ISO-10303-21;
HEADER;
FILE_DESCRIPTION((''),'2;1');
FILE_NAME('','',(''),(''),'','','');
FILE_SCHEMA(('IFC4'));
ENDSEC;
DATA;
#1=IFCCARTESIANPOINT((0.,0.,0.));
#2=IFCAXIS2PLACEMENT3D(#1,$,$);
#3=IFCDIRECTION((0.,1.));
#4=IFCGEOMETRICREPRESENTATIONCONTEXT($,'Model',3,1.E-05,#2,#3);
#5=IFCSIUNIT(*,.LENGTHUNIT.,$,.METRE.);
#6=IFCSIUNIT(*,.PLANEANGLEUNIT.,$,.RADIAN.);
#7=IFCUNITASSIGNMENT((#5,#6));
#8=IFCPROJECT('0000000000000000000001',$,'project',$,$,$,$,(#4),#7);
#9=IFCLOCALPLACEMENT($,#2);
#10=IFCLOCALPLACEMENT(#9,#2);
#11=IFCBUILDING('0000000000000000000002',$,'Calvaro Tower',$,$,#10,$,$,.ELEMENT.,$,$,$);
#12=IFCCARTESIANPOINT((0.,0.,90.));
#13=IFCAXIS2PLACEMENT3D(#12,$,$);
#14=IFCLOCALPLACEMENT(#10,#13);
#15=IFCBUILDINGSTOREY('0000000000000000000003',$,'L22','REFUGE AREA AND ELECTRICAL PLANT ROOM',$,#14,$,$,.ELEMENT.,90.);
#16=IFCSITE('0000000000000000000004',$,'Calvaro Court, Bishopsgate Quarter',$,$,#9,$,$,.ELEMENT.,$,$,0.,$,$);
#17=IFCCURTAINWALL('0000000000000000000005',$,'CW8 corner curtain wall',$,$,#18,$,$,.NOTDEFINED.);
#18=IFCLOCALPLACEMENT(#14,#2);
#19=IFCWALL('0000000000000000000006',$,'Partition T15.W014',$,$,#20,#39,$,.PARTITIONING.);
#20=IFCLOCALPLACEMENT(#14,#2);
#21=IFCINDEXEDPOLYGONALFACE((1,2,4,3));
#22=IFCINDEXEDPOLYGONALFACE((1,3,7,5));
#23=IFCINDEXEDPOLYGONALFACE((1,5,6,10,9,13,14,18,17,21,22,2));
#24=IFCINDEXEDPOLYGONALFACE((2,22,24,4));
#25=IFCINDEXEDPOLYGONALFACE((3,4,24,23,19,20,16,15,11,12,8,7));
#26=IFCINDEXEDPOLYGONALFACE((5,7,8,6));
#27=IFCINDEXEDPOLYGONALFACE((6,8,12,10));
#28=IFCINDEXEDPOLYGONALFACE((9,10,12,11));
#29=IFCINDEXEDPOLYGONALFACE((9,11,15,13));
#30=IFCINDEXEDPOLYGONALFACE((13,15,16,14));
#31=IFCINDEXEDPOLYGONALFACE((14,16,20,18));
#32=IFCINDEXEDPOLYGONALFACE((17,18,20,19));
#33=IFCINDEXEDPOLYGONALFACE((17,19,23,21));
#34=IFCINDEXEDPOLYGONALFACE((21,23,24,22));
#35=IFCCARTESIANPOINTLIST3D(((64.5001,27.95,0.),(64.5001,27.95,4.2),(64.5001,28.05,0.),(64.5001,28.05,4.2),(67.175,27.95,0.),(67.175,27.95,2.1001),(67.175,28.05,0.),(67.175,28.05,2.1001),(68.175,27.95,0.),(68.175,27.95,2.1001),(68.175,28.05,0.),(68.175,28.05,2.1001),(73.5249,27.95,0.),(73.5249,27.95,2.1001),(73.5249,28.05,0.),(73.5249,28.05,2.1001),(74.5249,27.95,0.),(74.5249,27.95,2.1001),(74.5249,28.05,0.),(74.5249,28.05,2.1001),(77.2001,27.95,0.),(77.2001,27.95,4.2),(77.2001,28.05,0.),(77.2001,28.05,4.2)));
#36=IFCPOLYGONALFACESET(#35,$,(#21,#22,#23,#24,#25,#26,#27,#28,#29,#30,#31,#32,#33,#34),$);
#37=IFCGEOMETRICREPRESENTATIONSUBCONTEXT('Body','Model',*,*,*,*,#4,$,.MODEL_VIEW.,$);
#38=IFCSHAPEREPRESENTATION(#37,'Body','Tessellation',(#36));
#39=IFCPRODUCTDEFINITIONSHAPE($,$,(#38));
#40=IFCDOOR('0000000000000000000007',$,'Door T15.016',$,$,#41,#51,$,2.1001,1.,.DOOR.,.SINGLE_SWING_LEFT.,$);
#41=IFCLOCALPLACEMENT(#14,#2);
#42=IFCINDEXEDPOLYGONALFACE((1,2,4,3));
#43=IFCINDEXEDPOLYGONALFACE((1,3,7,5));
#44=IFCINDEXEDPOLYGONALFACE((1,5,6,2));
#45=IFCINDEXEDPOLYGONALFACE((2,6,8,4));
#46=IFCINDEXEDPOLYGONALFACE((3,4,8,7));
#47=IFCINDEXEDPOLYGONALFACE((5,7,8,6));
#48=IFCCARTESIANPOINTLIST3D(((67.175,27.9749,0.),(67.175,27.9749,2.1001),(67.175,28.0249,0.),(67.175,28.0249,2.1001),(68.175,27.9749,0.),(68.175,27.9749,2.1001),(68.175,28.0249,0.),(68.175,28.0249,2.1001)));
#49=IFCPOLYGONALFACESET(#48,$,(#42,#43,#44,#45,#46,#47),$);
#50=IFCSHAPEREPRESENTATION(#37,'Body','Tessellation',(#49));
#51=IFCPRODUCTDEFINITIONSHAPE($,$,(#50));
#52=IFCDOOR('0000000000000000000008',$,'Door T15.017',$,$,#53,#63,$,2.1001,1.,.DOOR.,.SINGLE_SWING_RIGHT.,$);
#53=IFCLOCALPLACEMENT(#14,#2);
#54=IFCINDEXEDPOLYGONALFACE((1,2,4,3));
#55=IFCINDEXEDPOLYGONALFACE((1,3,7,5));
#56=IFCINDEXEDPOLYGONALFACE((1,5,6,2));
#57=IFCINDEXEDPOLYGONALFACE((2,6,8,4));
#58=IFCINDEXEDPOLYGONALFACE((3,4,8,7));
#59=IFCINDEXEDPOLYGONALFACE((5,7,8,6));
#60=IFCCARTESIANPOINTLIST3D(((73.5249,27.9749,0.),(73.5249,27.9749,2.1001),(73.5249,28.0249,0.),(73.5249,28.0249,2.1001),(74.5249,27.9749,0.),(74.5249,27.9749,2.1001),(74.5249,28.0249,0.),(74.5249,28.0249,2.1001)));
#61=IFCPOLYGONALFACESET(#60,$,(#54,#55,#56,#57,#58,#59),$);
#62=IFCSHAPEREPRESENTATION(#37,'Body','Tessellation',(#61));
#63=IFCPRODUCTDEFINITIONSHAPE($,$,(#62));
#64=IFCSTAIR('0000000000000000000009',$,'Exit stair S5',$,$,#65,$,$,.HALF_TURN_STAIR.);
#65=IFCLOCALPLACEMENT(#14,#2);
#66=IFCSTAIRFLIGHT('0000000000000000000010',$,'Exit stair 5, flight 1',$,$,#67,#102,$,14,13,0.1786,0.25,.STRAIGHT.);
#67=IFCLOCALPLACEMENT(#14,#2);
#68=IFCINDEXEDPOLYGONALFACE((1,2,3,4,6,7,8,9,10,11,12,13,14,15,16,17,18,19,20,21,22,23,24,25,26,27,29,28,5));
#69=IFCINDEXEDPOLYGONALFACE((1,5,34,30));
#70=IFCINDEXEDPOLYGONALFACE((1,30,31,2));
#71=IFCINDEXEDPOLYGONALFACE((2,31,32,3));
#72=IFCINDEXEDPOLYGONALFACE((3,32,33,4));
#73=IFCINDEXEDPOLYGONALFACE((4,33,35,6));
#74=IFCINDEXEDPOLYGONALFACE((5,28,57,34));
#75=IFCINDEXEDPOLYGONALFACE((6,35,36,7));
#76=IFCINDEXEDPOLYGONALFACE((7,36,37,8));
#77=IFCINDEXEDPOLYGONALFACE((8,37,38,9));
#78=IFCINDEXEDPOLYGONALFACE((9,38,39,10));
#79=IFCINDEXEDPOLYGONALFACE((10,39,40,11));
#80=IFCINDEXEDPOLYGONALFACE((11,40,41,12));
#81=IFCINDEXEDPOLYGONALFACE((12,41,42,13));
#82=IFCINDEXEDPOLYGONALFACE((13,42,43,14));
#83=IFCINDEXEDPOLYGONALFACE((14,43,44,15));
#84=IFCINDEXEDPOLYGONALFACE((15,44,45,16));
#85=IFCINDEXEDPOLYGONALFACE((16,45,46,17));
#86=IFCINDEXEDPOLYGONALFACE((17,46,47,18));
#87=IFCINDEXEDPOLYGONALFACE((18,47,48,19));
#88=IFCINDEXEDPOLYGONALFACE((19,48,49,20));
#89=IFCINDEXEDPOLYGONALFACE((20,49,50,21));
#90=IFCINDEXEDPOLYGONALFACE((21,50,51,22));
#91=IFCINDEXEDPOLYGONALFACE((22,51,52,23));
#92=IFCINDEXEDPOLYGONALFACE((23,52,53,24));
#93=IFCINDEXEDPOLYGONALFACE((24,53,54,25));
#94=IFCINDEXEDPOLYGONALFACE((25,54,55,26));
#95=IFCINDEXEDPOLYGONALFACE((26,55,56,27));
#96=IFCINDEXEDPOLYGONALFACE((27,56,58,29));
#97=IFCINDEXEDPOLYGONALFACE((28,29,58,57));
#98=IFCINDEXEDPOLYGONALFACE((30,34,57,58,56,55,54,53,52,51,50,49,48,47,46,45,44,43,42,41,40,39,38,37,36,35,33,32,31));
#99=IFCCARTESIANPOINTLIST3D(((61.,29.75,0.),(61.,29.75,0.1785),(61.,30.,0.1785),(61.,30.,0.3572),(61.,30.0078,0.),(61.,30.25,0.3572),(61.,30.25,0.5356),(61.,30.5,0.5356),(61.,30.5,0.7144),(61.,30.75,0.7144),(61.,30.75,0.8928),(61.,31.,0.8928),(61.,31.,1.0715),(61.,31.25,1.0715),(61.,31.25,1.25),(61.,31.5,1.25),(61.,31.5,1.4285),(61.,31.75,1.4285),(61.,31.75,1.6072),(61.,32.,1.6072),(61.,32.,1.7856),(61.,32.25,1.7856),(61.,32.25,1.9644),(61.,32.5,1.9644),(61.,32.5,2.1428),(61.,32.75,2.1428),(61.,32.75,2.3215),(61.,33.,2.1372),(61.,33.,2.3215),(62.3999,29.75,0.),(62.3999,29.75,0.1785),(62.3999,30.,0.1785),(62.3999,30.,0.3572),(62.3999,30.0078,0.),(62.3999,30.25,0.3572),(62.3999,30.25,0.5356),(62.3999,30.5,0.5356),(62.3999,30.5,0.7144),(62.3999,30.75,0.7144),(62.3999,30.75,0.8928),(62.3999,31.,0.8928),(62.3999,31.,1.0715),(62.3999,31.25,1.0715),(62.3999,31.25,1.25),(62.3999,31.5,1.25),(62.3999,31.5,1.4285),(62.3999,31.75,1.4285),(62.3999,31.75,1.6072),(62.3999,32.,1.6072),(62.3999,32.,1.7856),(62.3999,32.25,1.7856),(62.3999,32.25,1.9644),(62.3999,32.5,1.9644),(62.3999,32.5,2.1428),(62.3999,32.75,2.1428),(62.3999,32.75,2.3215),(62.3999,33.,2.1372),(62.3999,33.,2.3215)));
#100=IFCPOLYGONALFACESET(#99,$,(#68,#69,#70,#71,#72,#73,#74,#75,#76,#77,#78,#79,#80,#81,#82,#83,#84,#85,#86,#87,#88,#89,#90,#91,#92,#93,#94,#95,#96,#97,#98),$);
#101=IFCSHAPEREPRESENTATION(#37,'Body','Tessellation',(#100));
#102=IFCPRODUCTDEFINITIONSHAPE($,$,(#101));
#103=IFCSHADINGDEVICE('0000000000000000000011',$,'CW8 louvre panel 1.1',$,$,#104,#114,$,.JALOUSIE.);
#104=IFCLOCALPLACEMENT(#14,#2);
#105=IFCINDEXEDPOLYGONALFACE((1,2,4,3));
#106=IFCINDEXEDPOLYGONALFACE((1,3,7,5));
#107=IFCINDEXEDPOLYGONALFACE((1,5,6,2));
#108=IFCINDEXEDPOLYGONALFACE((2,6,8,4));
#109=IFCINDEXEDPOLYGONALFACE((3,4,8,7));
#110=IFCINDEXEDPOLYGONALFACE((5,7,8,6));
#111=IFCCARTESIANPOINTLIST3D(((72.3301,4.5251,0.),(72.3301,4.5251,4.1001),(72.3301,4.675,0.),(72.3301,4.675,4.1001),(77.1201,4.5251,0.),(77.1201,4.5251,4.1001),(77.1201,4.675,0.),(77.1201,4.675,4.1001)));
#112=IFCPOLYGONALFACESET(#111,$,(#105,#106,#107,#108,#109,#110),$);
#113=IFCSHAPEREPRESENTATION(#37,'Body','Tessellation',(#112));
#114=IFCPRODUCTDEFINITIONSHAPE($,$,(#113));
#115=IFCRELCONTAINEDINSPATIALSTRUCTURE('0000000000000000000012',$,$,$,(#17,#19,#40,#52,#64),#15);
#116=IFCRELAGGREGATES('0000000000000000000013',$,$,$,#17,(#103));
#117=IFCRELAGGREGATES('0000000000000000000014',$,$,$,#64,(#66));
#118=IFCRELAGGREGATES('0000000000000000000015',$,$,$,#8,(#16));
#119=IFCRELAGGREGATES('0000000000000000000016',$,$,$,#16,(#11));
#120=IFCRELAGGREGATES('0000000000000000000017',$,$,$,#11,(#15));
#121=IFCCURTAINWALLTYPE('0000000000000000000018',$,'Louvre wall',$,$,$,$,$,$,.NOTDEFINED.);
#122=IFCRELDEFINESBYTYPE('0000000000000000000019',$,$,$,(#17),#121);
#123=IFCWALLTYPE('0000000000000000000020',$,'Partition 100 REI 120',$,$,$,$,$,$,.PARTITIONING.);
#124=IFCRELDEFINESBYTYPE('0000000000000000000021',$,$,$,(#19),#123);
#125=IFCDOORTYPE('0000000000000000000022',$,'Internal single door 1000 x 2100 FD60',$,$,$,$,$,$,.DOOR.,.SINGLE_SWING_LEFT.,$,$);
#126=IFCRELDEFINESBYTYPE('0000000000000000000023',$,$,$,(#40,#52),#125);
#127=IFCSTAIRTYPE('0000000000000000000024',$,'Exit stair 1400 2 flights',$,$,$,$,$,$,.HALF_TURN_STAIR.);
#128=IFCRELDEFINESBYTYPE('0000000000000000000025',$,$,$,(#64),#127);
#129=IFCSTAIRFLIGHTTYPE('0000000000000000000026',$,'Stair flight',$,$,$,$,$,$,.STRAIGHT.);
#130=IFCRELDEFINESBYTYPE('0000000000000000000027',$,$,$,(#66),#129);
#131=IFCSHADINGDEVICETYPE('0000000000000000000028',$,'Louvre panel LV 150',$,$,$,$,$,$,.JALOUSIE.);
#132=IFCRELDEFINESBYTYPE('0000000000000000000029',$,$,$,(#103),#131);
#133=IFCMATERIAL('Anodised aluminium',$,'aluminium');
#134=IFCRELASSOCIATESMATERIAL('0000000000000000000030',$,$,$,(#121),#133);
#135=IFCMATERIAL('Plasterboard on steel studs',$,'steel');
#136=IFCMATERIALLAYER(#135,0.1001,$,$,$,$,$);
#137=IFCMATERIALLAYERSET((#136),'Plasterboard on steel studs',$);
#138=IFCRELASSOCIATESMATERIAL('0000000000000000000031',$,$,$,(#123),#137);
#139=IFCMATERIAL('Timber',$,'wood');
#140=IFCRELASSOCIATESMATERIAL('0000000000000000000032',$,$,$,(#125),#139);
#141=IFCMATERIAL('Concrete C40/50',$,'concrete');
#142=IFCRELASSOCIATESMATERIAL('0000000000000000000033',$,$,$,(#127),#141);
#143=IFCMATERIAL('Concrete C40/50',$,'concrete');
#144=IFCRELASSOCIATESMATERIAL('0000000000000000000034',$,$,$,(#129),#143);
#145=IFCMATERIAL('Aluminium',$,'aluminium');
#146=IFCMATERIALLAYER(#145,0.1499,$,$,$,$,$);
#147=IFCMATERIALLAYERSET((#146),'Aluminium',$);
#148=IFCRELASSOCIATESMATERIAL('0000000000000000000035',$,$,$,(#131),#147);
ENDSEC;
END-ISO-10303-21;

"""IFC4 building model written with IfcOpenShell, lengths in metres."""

from ifc_helpers import new_model, si_unit, direction, frame, frame_2d, origin, origin_2d, place, context, subcontext, project, spatial, polyline, rectangle, outline, extrude, material, layer, layer_set, type_object, element, fill, aggregate, save


model = new_model("IFC4")

# Units and contexts
model_context = context("Model", 3, precision=1e-05, world=origin(), true_north=direction((0.0, 1.0)))
body_context = subcontext(model_context, "Body", "Model", "MODEL_VIEW")
ifc_project = project(units=[si_unit("LENGTHUNIT", "METRE"), si_unit("PLANEANGLEUNIT", "RADIAN")], contexts=[model_context])

# Site, building, storey
site_placement = place(None, origin())
site = spatial("IfcSite", under=ifc_project, at=site_placement, Name="Calvaro Court, Bishopsgate Quarter", CompositionType="ELEMENT", RefElevation=0.0)
building_placement = place(site_placement, origin())
building = spatial("IfcBuilding", under=site, at=building_placement, Name="Calvaro Tower", CompositionType="ELEMENT")
storey_placement = place(building_placement, frame((0.0, 0.0, 90.0)))
storey = spatial("IfcBuildingStorey", under=building, at=storey_placement, Name="L22", Description="REFUGE AREA AND ELECTRICAL PLANT ROOM", CompositionType="ELEMENT", Elevation=90.0)

# Curtain wall
ifc_material_1 = material(Name="Anodised aluminium", Category="aluminium")
curtain_wall_type = type_object("IfcCurtainWallType", Name="Louvre wall", PredefinedType="NOTDEFINED", material=ifc_material_1)
curtain_wall_placement = place(storey_placement, origin())
curtain_wall = element("IfcCurtainWall", 1, at=curtain_wall_placement, inside=storey, type_object=curtain_wall_type, Name="CW8 corner curtain wall", PredefinedType="NOTDEFINED")

# Shared definitions
ifc_material_2 = material(Name="Plasterboard on steel studs", Category="steel")
ifc_layer_1 = layer(ifc_material_2, 0.1001)
ifc_layer_set_1 = layer_set([ifc_layer_1], Name="Plasterboard on steel studs")
wall_type_1 = type_object("IfcWallType", Name="Partition 100 REI 120", PredefinedType="PARTITIONING", material=ifc_layer_set_1)
ifc_material_3 = material(Name="Timber", Category="wood")
door_type_1 = type_object("IfcDoorType", Name="Internal single door 1000 x 2100 FD60", OperationType="SINGLE_SWING_LEFT", PredefinedType="DOOR", material=ifc_material_3)

# Wall, openings, doors
wall_1_placement = place(storey_placement, frame((64.5, 28.0, 0.0), z_axis=(0.0, 0.0, 1.0), x_axis=(1.0, 0.0, 0.0)))
wall_1 = element("IfcWall", 2, at=wall_1_placement, inside=storey, type_object=wall_type_1, Name="Partition T15.W014", PredefinedType="PARTITIONING", context=body_context, shape_type="SweptSolid", body=[
    extrude(rectangle(XDim=12.7, YDim=0.1001, at=frame_2d((6.3501, 0.0))), origin(), (0.0, 0.0, 1.0), 4.2),
])
opening_1_placement = place(wall_1_placement, frame((2.675, 0.0, 0.0)))
opening_1 = element("IfcOpeningElement", 3, at=opening_1_placement, cuts=wall_1, PredefinedType="OPENING", context=body_context, shape_type="SweptSolid", body=[
    extrude(rectangle(XDim=1.0, YDim=2.1001, at=frame_2d((0.5, 1.05))), frame((0.0, 0.0601, 0.0), z_axis=(0.0, -1.0, 0.0), x_axis=(1.0, 0.0, 0.0)), (0.0, 0.0, 1.0), 0.1201),
])
opening_2_placement = place(wall_1_placement, frame((9.0249, 0.0, 0.0)))
opening_2 = element("IfcOpeningElement", 4, at=opening_2_placement, cuts=wall_1, PredefinedType="OPENING", context=body_context, shape_type="SweptSolid", body=[
    extrude(rectangle(XDim=1.0, YDim=2.1001, at=frame_2d((0.5, 1.05))), frame((0.0, 0.0601, 0.0), z_axis=(0.0, -1.0, 0.0), x_axis=(1.0, 0.0, 0.0)), (0.0, 0.0, 1.0), 0.1201),
])
door_1_placement = place(opening_1_placement, origin())
door_1 = element("IfcDoor", 5, at=door_1_placement, inside=storey, type_object=door_type_1, Name="Door T15.016", OperationType="SINGLE_SWING_LEFT", OverallHeight=2.1001, OverallWidth=1.0, PredefinedType="DOOR", context=body_context, shape_type="SweptSolid", body=[
    extrude(rectangle(XDim=1.0, YDim=2.1001, at=frame_2d((0.5, 1.05))), frame((0.0, 0.0249, 0.0), z_axis=(0.0, -1.0, 0.0), x_axis=(1.0, 0.0, 0.0)), (0.0, 0.0, 1.0), 0.05),
])
fill(opening_1, door_1)
door_2_placement = place(opening_2_placement, origin())
door_2 = element("IfcDoor", 6, at=door_2_placement, inside=storey, type_object=door_type_1, Name="Door T15.017", OperationType="SINGLE_SWING_RIGHT", OverallHeight=2.1001, OverallWidth=1.0, PredefinedType="DOOR", context=body_context, shape_type="SweptSolid", body=[
    extrude(rectangle(XDim=1.0, YDim=2.1001, at=frame_2d((0.5, 1.05))), frame((0.0, 0.0249, 0.0), z_axis=(0.0, -1.0, 0.0), x_axis=(1.0, 0.0, 0.0)), (0.0, 0.0, 1.0), 0.05),
])
fill(opening_2, door_2)

# Stair, stair flight
ifc_material_4 = material(Name="Concrete C40/50", Category="concrete")
stair_type = type_object("IfcStairType", Name="Exit stair 1400 2 flights", PredefinedType="HALF_TURN_STAIR", material=ifc_material_4)
stair_placement = place(storey_placement, origin())
stair = element("IfcStair", 7, at=stair_placement, inside=storey, type_object=stair_type, Name="Exit stair S5", PredefinedType="HALF_TURN_STAIR")
ifc_material_5 = material(Name="Concrete C40/50", Category="concrete")
stair_flight_type = type_object("IfcStairFlightType", Name="Stair flight", PredefinedType="STRAIGHT", material=ifc_material_5)
stair_flight_placement = place(storey_placement, frame((61.7, 29.75, 0.0), z_axis=(0.0, 0.0, 1.0), x_axis=(0.0, 1.0, 0.0)))
stair_flight = element("IfcStairFlight", 8, at=stair_flight_placement, type_object=stair_flight_type, Name="Exit stair 5, flight 1", NumberOfRisers=14, NumberOfTreads=13, PredefinedType="STRAIGHT", RiserHeight=0.1786, TreadLength=0.25, context=body_context, shape_type="SweptSolid", body=[
    extrude(outline(polyline([(0.0, 0.0), (0.0, 0.1785), (0.25, 0.1785), (0.25, 0.3572), (0.5, 0.3572), (0.5, 0.5356), (0.75, 0.5356), (0.75, 0.7144), (1.0, 0.7144), (1.0, 0.8928), (1.25, 0.8928), (1.25, 1.0715), (1.5, 1.0715), (1.5, 1.25), (1.75, 1.25), (1.75, 1.4285), (2.0, 1.4285), (2.0, 1.6072), (2.25, 1.6072), (2.25, 1.7856), (2.5, 1.7856), (2.5, 1.9644), (2.75, 1.9644), (2.75, 2.1428), (3.0, 2.1428), (3.0, 2.3215), (3.25, 2.3215), (3.25, 2.5), (3.25, 2.1372), (0.2578, 0.0), (0.0, 0.0)])), frame((0.0, 0.7, 0.0), z_axis=(0.0, -1.0, 0.0), x_axis=(1.0, 0.0, 0.0)), (0.0, 0.0, 1.0), 1.3999),
])

# Shading device
ifc_material_6 = material(Name="Aluminium", Category="aluminium")
ifc_layer_2 = layer(ifc_material_6, 0.1499)
ifc_layer_set_2 = layer_set([ifc_layer_2], Name="Aluminium")
shading_device_type = type_object("IfcShadingDeviceType", Name="Louvre panel LV 150", PredefinedType="JALOUSIE", material=ifc_layer_set_2)
shading_device_placement = place(storey_placement, frame((74.7251, 4.6001, 0.0), z_axis=(0.0, 0.0, 1.0), x_axis=(1.0, 0.0, 0.0)))
shading_device = element("IfcShadingDevice", 9, at=shading_device_placement, type_object=shading_device_type, Name="CW8 louvre panel 1.1", PredefinedType="JALOUSIE", context=body_context, shape_type="SweptSolid", body=[
    extrude(rectangle(XDim=4.79, YDim=0.1499, at=origin_2d()), origin(), (0.0, 0.0, 1.0), 4.1001),
])
aggregate(curtain_wall, [shading_device])

aggregate(stair, [stair_flight])

save(model, "model.ifc")
